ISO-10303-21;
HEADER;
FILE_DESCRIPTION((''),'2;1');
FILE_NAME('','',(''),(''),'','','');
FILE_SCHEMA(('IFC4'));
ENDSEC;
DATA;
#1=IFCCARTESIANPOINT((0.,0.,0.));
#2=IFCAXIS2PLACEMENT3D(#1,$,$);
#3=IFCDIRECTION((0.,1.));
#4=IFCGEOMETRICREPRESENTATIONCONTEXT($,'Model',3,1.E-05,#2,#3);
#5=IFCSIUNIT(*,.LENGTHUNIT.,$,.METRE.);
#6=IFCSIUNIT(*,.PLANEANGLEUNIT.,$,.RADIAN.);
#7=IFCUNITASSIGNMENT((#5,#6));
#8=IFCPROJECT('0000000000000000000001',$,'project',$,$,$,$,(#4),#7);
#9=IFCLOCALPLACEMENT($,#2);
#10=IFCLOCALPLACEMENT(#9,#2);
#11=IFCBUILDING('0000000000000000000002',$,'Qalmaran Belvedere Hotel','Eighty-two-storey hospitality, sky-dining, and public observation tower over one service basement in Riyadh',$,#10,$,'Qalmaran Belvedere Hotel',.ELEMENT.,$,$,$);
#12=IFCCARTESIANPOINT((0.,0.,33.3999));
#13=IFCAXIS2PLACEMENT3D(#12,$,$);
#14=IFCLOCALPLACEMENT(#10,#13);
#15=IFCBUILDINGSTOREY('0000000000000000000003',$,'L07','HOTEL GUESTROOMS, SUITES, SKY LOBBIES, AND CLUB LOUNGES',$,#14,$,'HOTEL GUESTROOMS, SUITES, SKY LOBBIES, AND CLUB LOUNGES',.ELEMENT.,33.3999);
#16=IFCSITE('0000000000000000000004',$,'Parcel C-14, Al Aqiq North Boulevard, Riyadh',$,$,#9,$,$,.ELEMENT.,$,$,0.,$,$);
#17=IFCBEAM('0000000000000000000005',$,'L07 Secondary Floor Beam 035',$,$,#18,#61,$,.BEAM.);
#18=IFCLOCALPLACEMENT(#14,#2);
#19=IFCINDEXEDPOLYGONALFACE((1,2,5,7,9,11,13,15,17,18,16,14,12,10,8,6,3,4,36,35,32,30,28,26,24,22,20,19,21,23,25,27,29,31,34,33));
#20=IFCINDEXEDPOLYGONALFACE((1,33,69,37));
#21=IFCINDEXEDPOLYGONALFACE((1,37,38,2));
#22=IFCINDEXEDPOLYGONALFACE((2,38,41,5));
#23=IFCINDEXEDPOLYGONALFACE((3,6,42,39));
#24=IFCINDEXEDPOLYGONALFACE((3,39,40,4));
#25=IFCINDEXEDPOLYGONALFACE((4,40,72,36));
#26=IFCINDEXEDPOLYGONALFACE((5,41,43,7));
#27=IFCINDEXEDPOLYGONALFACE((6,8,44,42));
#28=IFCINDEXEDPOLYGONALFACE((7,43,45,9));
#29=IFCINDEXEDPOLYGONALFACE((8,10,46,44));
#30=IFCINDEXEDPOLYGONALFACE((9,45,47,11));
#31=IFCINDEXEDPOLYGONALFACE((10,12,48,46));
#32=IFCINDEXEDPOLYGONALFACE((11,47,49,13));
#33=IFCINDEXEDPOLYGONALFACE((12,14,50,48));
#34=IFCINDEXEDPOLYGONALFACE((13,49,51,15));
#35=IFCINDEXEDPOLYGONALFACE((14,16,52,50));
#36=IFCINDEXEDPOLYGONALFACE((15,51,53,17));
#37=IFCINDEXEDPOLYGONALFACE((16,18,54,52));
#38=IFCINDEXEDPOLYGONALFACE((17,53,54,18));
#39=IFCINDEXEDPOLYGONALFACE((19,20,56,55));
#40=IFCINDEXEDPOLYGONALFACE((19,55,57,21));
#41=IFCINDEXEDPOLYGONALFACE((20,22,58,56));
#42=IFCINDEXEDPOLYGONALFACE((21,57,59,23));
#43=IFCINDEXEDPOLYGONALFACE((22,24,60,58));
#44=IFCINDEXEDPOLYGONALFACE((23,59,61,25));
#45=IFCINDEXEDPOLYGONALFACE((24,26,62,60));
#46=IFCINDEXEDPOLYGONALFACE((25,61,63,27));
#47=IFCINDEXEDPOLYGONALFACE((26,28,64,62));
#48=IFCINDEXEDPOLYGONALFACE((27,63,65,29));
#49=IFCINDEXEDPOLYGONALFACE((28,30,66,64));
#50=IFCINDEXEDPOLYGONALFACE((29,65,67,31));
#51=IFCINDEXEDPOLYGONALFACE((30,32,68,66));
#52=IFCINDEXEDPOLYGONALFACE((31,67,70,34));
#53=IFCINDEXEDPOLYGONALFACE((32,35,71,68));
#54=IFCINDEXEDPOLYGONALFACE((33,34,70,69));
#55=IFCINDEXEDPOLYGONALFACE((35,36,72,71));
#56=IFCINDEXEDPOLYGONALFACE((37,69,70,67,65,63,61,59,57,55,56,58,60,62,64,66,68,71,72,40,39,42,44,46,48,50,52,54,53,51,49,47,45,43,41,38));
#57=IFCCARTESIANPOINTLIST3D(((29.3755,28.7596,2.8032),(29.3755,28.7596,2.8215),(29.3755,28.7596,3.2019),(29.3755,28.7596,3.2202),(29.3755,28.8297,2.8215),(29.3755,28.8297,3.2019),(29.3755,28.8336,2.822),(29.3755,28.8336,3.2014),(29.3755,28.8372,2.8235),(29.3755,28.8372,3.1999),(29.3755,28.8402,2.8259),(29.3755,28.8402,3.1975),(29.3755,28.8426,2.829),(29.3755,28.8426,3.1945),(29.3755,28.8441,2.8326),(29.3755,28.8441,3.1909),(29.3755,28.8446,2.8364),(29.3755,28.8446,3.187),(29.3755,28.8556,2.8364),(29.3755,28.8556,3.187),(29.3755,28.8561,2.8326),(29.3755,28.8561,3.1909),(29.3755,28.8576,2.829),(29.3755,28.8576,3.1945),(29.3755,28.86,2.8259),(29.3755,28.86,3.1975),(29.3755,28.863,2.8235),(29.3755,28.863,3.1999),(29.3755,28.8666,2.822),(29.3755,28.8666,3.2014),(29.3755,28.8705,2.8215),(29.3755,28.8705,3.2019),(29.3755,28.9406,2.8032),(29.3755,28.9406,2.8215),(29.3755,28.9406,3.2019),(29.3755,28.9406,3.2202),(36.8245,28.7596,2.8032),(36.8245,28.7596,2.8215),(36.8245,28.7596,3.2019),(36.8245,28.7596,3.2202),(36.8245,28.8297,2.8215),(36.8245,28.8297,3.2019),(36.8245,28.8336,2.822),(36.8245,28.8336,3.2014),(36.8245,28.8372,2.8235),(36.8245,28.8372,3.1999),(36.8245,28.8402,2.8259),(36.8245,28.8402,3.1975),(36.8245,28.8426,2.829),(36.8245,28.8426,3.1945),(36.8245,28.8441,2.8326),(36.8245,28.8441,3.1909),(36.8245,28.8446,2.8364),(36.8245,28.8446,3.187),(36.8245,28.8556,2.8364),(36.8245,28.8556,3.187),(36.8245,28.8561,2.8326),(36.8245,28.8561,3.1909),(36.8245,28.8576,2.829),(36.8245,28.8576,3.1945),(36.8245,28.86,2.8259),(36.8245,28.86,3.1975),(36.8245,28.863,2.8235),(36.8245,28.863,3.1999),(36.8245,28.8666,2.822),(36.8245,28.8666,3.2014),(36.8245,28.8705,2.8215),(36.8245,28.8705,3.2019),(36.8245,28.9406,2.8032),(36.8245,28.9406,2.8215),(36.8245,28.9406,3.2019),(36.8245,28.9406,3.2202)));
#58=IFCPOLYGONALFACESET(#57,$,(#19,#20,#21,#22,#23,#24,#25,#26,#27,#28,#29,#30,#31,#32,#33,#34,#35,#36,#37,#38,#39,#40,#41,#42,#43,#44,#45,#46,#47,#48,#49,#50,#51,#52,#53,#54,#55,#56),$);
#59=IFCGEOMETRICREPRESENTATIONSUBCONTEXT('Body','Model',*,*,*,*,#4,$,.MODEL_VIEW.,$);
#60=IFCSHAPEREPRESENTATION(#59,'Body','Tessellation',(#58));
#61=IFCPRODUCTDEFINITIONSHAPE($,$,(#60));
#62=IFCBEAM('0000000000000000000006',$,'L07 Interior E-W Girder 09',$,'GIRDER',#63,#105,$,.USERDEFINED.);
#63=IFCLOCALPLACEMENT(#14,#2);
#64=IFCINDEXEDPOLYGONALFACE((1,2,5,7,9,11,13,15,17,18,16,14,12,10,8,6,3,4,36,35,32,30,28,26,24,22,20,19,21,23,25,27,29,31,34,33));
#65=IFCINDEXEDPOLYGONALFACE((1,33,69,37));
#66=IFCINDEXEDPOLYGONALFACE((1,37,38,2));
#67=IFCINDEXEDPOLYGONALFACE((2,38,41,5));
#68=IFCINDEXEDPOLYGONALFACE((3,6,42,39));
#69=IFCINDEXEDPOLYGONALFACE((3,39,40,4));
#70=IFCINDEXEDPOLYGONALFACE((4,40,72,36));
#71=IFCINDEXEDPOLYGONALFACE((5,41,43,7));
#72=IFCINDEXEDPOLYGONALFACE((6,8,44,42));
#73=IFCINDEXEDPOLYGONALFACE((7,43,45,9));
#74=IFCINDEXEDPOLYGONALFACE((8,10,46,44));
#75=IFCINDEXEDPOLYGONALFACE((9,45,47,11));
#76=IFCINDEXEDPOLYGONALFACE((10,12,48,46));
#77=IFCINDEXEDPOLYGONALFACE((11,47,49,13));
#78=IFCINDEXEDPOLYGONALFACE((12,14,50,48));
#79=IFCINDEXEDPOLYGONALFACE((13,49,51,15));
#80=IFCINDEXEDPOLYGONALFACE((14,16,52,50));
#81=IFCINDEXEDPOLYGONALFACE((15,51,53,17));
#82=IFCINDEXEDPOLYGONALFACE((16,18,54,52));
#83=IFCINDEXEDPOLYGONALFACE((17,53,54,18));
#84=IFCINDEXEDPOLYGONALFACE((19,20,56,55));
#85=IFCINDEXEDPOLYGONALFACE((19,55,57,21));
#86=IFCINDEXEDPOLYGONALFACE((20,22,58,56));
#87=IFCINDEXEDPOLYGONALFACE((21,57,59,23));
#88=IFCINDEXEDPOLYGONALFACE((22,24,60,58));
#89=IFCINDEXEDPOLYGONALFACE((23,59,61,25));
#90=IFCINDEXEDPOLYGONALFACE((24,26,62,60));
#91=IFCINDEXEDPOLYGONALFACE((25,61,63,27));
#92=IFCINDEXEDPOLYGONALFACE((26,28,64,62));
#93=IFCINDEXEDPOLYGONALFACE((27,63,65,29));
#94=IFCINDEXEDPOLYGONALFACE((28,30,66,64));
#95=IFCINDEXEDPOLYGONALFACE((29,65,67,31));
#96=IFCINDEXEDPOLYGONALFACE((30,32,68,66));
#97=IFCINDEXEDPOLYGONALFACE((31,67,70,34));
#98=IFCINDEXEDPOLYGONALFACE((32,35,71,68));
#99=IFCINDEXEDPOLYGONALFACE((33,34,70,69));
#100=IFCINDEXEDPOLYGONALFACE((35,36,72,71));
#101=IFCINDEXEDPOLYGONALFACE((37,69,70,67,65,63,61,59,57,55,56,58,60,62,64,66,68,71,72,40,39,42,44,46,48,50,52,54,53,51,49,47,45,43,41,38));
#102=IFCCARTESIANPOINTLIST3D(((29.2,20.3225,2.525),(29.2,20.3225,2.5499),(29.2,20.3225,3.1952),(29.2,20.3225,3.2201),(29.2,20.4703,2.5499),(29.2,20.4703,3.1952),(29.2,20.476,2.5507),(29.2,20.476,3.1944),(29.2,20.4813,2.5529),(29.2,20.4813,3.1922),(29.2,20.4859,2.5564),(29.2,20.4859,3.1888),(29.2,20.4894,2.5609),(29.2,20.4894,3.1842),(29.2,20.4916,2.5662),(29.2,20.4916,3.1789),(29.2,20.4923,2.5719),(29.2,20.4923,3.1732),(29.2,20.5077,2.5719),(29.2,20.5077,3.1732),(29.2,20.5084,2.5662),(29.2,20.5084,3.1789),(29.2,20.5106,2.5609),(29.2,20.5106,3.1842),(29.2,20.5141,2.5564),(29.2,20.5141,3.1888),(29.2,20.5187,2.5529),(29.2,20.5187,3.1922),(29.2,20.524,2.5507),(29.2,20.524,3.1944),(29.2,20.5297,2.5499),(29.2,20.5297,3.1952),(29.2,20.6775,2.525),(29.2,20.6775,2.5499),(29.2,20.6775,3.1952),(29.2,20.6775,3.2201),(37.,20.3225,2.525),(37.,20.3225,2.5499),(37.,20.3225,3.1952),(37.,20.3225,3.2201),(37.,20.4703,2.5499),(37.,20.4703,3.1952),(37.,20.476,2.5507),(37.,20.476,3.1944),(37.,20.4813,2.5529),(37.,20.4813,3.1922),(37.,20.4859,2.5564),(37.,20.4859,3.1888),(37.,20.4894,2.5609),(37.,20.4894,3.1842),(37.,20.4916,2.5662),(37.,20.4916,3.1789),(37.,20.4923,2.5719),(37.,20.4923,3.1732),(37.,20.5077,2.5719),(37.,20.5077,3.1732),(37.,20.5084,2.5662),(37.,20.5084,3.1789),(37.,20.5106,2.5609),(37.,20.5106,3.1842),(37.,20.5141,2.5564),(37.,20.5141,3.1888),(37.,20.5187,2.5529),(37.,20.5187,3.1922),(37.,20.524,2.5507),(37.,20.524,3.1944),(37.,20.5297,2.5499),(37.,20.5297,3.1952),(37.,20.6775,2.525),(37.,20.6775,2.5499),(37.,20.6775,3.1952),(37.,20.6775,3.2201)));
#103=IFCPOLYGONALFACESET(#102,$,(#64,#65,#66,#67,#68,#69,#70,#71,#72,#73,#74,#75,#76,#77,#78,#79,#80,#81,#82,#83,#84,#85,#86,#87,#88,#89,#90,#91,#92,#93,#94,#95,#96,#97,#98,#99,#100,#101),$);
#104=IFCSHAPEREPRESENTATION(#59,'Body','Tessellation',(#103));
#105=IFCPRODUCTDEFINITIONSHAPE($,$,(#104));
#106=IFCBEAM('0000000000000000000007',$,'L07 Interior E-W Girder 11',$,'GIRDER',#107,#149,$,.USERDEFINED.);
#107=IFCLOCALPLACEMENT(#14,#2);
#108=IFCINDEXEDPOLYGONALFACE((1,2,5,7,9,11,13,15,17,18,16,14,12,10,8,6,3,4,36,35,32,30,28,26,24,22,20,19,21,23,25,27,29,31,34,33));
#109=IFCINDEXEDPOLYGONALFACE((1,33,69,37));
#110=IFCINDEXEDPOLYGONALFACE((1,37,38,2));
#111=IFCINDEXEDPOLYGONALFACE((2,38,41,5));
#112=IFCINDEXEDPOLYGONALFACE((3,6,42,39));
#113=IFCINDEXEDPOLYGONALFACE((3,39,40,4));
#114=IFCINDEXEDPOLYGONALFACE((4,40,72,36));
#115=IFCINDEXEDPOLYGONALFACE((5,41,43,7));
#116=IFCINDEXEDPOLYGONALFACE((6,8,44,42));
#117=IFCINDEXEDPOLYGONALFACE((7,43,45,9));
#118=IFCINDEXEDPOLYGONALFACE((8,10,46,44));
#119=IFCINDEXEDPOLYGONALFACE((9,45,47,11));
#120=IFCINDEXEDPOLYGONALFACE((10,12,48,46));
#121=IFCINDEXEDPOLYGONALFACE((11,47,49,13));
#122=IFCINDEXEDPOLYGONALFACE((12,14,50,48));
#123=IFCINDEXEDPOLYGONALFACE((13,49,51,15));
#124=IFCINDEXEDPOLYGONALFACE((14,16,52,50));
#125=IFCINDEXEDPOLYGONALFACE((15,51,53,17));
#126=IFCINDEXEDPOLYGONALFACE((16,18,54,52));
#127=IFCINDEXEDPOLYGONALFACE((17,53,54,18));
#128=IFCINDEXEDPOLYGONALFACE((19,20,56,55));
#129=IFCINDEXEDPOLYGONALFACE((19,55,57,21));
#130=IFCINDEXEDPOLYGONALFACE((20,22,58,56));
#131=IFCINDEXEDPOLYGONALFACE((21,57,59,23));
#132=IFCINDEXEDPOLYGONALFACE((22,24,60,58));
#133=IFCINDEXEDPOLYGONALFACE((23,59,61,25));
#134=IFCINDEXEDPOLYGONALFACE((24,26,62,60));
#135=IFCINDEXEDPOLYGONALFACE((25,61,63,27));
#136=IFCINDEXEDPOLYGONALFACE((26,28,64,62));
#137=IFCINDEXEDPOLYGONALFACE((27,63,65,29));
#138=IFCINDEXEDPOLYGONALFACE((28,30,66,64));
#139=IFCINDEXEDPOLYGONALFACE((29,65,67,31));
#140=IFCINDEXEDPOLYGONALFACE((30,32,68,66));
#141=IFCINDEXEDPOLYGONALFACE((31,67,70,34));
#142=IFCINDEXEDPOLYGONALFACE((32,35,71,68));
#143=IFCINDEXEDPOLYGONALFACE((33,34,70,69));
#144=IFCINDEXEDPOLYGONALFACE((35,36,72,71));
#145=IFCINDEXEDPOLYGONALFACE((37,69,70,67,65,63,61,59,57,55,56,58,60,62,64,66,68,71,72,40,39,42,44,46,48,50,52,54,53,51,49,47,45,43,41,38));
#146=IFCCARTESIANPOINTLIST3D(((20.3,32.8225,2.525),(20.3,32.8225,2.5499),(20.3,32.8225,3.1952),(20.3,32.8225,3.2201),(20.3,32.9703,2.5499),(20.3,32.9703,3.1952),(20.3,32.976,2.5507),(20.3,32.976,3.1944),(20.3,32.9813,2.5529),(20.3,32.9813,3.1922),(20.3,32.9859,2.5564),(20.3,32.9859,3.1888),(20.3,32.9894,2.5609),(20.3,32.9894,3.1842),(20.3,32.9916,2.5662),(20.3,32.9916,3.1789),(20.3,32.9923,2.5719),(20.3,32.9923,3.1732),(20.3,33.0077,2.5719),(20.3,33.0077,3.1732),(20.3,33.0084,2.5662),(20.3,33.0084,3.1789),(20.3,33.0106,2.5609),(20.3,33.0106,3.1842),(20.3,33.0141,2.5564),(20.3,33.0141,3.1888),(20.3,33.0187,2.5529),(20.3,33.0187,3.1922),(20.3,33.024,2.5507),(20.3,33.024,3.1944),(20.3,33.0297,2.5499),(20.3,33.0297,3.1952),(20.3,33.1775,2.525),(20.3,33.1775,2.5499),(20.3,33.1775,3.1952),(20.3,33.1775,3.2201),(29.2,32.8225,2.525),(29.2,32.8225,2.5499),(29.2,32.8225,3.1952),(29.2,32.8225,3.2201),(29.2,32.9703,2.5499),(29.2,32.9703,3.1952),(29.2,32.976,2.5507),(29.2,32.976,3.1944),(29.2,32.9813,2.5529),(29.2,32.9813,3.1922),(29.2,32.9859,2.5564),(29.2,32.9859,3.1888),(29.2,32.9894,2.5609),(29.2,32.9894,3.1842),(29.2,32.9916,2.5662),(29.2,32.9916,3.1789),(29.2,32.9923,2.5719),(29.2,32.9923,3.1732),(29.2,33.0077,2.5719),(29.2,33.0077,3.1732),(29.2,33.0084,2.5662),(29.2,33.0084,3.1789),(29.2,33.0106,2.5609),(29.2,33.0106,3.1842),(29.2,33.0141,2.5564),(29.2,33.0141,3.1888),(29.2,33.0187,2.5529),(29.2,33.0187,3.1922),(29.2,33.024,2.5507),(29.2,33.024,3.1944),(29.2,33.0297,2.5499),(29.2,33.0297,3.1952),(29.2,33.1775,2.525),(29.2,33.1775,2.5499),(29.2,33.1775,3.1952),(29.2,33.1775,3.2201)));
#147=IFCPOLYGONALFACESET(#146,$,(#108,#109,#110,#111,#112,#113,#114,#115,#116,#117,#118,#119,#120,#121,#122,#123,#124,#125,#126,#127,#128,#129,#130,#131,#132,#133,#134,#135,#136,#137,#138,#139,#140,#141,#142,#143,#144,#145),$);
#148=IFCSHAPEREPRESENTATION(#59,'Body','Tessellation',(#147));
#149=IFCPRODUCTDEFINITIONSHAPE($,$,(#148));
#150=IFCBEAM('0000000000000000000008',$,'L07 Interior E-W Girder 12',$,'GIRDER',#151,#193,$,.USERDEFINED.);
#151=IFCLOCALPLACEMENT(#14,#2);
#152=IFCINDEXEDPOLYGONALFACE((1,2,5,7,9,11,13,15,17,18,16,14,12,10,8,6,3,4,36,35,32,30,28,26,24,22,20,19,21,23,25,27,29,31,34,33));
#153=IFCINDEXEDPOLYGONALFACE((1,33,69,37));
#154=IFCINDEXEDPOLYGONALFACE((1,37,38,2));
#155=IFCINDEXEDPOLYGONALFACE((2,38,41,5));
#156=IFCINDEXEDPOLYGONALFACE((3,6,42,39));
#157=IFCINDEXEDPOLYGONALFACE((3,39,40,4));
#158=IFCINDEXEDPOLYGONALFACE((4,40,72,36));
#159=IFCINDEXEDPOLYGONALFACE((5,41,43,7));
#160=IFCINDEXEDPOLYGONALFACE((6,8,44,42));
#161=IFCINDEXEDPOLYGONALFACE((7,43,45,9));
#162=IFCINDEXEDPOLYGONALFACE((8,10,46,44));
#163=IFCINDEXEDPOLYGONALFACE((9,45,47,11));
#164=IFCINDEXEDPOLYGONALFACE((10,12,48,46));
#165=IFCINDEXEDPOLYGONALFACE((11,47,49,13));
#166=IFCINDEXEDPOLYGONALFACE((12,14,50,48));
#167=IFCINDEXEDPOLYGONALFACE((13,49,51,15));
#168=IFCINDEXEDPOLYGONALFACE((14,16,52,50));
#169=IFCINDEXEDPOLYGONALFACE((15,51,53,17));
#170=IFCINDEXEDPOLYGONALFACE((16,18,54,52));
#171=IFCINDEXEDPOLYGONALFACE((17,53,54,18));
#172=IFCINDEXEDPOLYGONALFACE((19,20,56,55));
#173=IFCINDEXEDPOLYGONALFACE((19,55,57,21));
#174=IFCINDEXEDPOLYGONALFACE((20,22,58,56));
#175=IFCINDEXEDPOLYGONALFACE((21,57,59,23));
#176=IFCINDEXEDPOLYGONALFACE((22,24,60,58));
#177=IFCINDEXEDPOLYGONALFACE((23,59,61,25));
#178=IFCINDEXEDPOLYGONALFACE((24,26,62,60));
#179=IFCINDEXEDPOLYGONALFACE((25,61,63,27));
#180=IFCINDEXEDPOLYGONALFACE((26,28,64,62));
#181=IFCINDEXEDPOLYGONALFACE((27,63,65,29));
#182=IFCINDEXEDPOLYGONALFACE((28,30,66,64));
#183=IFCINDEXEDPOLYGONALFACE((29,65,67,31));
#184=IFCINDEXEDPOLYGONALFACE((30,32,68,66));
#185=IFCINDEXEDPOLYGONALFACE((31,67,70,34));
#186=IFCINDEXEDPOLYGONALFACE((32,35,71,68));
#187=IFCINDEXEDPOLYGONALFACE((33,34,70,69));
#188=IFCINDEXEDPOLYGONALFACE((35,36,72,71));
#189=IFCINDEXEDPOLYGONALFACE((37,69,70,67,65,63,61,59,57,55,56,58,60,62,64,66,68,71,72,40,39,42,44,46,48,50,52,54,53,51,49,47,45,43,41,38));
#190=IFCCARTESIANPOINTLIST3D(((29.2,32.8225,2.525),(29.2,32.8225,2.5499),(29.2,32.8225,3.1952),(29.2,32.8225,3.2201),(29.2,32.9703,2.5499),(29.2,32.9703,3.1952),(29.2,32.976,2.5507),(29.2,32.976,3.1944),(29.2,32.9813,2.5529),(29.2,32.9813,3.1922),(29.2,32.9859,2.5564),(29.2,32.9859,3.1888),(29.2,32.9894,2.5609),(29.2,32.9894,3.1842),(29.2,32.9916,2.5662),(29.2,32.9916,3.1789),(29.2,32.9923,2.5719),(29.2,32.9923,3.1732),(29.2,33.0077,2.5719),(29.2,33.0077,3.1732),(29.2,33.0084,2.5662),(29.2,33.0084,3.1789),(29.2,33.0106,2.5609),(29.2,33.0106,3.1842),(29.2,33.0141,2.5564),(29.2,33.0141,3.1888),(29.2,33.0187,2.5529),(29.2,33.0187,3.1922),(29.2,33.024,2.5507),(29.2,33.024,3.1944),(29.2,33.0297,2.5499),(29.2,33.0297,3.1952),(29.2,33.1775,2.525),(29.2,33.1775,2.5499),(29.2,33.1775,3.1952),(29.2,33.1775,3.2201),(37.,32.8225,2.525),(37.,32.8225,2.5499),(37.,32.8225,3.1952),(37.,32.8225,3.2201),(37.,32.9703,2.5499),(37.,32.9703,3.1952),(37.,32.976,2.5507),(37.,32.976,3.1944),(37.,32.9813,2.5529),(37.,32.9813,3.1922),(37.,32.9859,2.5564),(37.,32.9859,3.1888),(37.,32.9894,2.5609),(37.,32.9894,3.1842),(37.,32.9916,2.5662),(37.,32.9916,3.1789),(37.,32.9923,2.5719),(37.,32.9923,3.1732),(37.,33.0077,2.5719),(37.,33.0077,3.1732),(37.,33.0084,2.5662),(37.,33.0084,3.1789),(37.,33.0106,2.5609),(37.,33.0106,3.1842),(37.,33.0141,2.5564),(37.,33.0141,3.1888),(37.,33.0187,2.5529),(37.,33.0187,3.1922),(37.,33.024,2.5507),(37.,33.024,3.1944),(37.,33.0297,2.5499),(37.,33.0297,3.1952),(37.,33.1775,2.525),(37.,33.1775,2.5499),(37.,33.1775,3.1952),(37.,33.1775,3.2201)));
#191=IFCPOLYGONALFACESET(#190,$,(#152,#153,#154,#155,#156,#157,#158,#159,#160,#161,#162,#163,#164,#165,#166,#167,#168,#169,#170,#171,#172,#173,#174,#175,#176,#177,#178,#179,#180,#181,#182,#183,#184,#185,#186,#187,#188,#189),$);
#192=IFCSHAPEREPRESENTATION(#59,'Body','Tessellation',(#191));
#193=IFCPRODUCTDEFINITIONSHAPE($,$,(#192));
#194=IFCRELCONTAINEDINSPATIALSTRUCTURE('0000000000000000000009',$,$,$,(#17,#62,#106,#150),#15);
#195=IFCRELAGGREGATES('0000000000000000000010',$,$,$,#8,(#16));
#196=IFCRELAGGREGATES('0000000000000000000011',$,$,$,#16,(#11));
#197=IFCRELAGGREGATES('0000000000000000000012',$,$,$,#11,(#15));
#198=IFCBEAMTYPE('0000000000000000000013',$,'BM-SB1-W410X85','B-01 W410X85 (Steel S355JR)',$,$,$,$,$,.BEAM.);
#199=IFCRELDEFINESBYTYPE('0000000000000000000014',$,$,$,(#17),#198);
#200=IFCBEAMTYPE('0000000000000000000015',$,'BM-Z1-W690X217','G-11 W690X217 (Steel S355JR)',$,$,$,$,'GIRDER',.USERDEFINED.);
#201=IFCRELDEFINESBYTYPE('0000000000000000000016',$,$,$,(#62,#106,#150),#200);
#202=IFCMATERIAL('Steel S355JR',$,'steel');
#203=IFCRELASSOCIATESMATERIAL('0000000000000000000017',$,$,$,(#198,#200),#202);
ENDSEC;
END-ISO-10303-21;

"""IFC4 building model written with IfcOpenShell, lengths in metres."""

from ifc_helpers import new_model, si_unit, direction, frame, origin, origin_2d, place, context, subcontext, project, spatial, i_section, extrude, material, material_profile, profile_set, type_object, element, save


model = new_model("IFC4")

# Units and contexts
model_context = context("Model", 3, precision=1e-05, world=origin(), true_north=direction((0.0, 1.0)))
body_context = subcontext(model_context, "Body", "Model", "MODEL_VIEW")
ifc_project = project(units=[si_unit("LENGTHUNIT", "METRE"), si_unit("PLANEANGLEUNIT", "RADIAN")], contexts=[model_context])

# Site, building, storey
site_placement = place(None, origin())
site = spatial("IfcSite", under=ifc_project, at=site_placement, Name="Parcel C-14, Al Aqiq North Boulevard, Riyadh", CompositionType="ELEMENT", RefElevation=0.0)
building_placement = place(site_placement, origin())
building = spatial("IfcBuilding", under=site, at=building_placement, Name="Qalmaran Belvedere Hotel", Description="Eighty-two-storey hospitality, sky-dining, and public observation tower over one service basement in Riyadh", LongName="Qalmaran Belvedere Hotel", CompositionType="ELEMENT")
storey_placement = place(building_placement, frame((0.0, 0.0, 33.3999)))
storey = spatial("IfcBuildingStorey", under=building, at=storey_placement, Name="L07", Description="HOTEL GUESTROOMS, SUITES, SKY LOBBIES, AND CLUB LOUNGES", LongName="HOTEL GUESTROOMS, SUITES, SKY LOBBIES, AND CLUB LOUNGES", CompositionType="ELEMENT", Elevation=33.3999)

# Beams
ifc_material_1 = material(Name="Steel S355JR", Category="steel")
ifc_material_profile_1 = material_profile(ifc_material_1, i_section(OverallWidth=0.1809, OverallDepth=0.417, WebThickness=0.011, FlangeThickness=0.0183, FilletRadius=0.0149, at=origin_2d()), Name="W410X85")
ifc_profile_set_1 = profile_set([ifc_material_profile_1], Name="Steel S355JR")
beam_type_1 = type_object("IfcBeamType", Name="BM-SB1-W410X85", Description="B-01 W410X85 (Steel S355JR)", PredefinedType="BEAM", material=ifc_profile_set_1)
beam_1_placement = place(storey_placement, frame((29.3755, 28.8501, 3.0117), z_axis=(1.0, 0.0, 0.0), x_axis=(0.0, 1.0, 0.0)))
element("IfcBeam", 1, at=beam_1_placement, inside=storey, type_object=beam_type_1, Name="L07 Secondary Floor Beam 035", PredefinedType="BEAM", context=body_context, shape_type="SweptSolid", body=[
    extrude(i_section(OverallWidth=0.1809, OverallDepth=0.417, WebThickness=0.011, FlangeThickness=0.0183, FilletRadius=0.0149, at=origin_2d()), origin(), (0.0, 0.0, 1.0), 7.449),
])
ifc_material_profile_2 = material_profile(ifc_material_1, i_section(OverallWidth=0.355, OverallDepth=0.6951, WebThickness=0.0154, FlangeThickness=0.0249, FilletRadius=0.022, at=origin_2d()), Name="W690X217")
ifc_profile_set_2 = profile_set([ifc_material_profile_2], Name="Steel S355JR")
beam_type_2 = type_object("IfcBeamType", Name="BM-Z1-W690X217", Description="G-11 W690X217 (Steel S355JR)", ElementType="GIRDER", PredefinedType="USERDEFINED", material=ifc_profile_set_2)
beam_2_placement = place(storey_placement, frame((29.2, 20.5, 2.8726), z_axis=(1.0, 0.0, 0.0), x_axis=(0.0, 1.0, 0.0)))
element("IfcBeam", 2, at=beam_2_placement, inside=storey, type_object=beam_type_2, Name="L07 Interior E-W Girder 09", ObjectType="GIRDER", PredefinedType="USERDEFINED", context=body_context, shape_type="SweptSolid", body=[
    extrude(i_section(OverallWidth=0.355, OverallDepth=0.6951, WebThickness=0.0154, FlangeThickness=0.0249, FilletRadius=0.022, at=origin_2d()), origin(), (0.0, 0.0, 1.0), 7.8),
])
beam_3_placement = place(storey_placement, frame((20.3, 33.0, 2.8726), z_axis=(1.0, 0.0, 0.0), x_axis=(0.0, 1.0, 0.0)))
element("IfcBeam", 3, at=beam_3_placement, inside=storey, type_object=beam_type_2, Name="L07 Interior E-W Girder 11", ObjectType="GIRDER", PredefinedType="USERDEFINED", context=body_context, shape_type="SweptSolid", body=[
    extrude(i_section(OverallWidth=0.355, OverallDepth=0.6951, WebThickness=0.0154, FlangeThickness=0.0249, FilletRadius=0.022, at=origin_2d()), origin(), (0.0, 0.0, 1.0), 8.8999),
])
beam_4_placement = place(storey_placement, frame((29.2, 33.0, 2.8726), z_axis=(1.0, 0.0, 0.0), x_axis=(0.0, 1.0, 0.0)))
element("IfcBeam", 4, at=beam_4_placement, inside=storey, type_object=beam_type_2, Name="L07 Interior E-W Girder 12", ObjectType="GIRDER", PredefinedType="USERDEFINED", context=body_context, shape_type="SweptSolid", body=[
    extrude(i_section(OverallWidth=0.355, OverallDepth=0.6951, WebThickness=0.0154, FlangeThickness=0.0249, FilletRadius=0.022, at=origin_2d()), origin(), (0.0, 0.0, 1.0), 7.8),
])

save(model, "model.ifc")
